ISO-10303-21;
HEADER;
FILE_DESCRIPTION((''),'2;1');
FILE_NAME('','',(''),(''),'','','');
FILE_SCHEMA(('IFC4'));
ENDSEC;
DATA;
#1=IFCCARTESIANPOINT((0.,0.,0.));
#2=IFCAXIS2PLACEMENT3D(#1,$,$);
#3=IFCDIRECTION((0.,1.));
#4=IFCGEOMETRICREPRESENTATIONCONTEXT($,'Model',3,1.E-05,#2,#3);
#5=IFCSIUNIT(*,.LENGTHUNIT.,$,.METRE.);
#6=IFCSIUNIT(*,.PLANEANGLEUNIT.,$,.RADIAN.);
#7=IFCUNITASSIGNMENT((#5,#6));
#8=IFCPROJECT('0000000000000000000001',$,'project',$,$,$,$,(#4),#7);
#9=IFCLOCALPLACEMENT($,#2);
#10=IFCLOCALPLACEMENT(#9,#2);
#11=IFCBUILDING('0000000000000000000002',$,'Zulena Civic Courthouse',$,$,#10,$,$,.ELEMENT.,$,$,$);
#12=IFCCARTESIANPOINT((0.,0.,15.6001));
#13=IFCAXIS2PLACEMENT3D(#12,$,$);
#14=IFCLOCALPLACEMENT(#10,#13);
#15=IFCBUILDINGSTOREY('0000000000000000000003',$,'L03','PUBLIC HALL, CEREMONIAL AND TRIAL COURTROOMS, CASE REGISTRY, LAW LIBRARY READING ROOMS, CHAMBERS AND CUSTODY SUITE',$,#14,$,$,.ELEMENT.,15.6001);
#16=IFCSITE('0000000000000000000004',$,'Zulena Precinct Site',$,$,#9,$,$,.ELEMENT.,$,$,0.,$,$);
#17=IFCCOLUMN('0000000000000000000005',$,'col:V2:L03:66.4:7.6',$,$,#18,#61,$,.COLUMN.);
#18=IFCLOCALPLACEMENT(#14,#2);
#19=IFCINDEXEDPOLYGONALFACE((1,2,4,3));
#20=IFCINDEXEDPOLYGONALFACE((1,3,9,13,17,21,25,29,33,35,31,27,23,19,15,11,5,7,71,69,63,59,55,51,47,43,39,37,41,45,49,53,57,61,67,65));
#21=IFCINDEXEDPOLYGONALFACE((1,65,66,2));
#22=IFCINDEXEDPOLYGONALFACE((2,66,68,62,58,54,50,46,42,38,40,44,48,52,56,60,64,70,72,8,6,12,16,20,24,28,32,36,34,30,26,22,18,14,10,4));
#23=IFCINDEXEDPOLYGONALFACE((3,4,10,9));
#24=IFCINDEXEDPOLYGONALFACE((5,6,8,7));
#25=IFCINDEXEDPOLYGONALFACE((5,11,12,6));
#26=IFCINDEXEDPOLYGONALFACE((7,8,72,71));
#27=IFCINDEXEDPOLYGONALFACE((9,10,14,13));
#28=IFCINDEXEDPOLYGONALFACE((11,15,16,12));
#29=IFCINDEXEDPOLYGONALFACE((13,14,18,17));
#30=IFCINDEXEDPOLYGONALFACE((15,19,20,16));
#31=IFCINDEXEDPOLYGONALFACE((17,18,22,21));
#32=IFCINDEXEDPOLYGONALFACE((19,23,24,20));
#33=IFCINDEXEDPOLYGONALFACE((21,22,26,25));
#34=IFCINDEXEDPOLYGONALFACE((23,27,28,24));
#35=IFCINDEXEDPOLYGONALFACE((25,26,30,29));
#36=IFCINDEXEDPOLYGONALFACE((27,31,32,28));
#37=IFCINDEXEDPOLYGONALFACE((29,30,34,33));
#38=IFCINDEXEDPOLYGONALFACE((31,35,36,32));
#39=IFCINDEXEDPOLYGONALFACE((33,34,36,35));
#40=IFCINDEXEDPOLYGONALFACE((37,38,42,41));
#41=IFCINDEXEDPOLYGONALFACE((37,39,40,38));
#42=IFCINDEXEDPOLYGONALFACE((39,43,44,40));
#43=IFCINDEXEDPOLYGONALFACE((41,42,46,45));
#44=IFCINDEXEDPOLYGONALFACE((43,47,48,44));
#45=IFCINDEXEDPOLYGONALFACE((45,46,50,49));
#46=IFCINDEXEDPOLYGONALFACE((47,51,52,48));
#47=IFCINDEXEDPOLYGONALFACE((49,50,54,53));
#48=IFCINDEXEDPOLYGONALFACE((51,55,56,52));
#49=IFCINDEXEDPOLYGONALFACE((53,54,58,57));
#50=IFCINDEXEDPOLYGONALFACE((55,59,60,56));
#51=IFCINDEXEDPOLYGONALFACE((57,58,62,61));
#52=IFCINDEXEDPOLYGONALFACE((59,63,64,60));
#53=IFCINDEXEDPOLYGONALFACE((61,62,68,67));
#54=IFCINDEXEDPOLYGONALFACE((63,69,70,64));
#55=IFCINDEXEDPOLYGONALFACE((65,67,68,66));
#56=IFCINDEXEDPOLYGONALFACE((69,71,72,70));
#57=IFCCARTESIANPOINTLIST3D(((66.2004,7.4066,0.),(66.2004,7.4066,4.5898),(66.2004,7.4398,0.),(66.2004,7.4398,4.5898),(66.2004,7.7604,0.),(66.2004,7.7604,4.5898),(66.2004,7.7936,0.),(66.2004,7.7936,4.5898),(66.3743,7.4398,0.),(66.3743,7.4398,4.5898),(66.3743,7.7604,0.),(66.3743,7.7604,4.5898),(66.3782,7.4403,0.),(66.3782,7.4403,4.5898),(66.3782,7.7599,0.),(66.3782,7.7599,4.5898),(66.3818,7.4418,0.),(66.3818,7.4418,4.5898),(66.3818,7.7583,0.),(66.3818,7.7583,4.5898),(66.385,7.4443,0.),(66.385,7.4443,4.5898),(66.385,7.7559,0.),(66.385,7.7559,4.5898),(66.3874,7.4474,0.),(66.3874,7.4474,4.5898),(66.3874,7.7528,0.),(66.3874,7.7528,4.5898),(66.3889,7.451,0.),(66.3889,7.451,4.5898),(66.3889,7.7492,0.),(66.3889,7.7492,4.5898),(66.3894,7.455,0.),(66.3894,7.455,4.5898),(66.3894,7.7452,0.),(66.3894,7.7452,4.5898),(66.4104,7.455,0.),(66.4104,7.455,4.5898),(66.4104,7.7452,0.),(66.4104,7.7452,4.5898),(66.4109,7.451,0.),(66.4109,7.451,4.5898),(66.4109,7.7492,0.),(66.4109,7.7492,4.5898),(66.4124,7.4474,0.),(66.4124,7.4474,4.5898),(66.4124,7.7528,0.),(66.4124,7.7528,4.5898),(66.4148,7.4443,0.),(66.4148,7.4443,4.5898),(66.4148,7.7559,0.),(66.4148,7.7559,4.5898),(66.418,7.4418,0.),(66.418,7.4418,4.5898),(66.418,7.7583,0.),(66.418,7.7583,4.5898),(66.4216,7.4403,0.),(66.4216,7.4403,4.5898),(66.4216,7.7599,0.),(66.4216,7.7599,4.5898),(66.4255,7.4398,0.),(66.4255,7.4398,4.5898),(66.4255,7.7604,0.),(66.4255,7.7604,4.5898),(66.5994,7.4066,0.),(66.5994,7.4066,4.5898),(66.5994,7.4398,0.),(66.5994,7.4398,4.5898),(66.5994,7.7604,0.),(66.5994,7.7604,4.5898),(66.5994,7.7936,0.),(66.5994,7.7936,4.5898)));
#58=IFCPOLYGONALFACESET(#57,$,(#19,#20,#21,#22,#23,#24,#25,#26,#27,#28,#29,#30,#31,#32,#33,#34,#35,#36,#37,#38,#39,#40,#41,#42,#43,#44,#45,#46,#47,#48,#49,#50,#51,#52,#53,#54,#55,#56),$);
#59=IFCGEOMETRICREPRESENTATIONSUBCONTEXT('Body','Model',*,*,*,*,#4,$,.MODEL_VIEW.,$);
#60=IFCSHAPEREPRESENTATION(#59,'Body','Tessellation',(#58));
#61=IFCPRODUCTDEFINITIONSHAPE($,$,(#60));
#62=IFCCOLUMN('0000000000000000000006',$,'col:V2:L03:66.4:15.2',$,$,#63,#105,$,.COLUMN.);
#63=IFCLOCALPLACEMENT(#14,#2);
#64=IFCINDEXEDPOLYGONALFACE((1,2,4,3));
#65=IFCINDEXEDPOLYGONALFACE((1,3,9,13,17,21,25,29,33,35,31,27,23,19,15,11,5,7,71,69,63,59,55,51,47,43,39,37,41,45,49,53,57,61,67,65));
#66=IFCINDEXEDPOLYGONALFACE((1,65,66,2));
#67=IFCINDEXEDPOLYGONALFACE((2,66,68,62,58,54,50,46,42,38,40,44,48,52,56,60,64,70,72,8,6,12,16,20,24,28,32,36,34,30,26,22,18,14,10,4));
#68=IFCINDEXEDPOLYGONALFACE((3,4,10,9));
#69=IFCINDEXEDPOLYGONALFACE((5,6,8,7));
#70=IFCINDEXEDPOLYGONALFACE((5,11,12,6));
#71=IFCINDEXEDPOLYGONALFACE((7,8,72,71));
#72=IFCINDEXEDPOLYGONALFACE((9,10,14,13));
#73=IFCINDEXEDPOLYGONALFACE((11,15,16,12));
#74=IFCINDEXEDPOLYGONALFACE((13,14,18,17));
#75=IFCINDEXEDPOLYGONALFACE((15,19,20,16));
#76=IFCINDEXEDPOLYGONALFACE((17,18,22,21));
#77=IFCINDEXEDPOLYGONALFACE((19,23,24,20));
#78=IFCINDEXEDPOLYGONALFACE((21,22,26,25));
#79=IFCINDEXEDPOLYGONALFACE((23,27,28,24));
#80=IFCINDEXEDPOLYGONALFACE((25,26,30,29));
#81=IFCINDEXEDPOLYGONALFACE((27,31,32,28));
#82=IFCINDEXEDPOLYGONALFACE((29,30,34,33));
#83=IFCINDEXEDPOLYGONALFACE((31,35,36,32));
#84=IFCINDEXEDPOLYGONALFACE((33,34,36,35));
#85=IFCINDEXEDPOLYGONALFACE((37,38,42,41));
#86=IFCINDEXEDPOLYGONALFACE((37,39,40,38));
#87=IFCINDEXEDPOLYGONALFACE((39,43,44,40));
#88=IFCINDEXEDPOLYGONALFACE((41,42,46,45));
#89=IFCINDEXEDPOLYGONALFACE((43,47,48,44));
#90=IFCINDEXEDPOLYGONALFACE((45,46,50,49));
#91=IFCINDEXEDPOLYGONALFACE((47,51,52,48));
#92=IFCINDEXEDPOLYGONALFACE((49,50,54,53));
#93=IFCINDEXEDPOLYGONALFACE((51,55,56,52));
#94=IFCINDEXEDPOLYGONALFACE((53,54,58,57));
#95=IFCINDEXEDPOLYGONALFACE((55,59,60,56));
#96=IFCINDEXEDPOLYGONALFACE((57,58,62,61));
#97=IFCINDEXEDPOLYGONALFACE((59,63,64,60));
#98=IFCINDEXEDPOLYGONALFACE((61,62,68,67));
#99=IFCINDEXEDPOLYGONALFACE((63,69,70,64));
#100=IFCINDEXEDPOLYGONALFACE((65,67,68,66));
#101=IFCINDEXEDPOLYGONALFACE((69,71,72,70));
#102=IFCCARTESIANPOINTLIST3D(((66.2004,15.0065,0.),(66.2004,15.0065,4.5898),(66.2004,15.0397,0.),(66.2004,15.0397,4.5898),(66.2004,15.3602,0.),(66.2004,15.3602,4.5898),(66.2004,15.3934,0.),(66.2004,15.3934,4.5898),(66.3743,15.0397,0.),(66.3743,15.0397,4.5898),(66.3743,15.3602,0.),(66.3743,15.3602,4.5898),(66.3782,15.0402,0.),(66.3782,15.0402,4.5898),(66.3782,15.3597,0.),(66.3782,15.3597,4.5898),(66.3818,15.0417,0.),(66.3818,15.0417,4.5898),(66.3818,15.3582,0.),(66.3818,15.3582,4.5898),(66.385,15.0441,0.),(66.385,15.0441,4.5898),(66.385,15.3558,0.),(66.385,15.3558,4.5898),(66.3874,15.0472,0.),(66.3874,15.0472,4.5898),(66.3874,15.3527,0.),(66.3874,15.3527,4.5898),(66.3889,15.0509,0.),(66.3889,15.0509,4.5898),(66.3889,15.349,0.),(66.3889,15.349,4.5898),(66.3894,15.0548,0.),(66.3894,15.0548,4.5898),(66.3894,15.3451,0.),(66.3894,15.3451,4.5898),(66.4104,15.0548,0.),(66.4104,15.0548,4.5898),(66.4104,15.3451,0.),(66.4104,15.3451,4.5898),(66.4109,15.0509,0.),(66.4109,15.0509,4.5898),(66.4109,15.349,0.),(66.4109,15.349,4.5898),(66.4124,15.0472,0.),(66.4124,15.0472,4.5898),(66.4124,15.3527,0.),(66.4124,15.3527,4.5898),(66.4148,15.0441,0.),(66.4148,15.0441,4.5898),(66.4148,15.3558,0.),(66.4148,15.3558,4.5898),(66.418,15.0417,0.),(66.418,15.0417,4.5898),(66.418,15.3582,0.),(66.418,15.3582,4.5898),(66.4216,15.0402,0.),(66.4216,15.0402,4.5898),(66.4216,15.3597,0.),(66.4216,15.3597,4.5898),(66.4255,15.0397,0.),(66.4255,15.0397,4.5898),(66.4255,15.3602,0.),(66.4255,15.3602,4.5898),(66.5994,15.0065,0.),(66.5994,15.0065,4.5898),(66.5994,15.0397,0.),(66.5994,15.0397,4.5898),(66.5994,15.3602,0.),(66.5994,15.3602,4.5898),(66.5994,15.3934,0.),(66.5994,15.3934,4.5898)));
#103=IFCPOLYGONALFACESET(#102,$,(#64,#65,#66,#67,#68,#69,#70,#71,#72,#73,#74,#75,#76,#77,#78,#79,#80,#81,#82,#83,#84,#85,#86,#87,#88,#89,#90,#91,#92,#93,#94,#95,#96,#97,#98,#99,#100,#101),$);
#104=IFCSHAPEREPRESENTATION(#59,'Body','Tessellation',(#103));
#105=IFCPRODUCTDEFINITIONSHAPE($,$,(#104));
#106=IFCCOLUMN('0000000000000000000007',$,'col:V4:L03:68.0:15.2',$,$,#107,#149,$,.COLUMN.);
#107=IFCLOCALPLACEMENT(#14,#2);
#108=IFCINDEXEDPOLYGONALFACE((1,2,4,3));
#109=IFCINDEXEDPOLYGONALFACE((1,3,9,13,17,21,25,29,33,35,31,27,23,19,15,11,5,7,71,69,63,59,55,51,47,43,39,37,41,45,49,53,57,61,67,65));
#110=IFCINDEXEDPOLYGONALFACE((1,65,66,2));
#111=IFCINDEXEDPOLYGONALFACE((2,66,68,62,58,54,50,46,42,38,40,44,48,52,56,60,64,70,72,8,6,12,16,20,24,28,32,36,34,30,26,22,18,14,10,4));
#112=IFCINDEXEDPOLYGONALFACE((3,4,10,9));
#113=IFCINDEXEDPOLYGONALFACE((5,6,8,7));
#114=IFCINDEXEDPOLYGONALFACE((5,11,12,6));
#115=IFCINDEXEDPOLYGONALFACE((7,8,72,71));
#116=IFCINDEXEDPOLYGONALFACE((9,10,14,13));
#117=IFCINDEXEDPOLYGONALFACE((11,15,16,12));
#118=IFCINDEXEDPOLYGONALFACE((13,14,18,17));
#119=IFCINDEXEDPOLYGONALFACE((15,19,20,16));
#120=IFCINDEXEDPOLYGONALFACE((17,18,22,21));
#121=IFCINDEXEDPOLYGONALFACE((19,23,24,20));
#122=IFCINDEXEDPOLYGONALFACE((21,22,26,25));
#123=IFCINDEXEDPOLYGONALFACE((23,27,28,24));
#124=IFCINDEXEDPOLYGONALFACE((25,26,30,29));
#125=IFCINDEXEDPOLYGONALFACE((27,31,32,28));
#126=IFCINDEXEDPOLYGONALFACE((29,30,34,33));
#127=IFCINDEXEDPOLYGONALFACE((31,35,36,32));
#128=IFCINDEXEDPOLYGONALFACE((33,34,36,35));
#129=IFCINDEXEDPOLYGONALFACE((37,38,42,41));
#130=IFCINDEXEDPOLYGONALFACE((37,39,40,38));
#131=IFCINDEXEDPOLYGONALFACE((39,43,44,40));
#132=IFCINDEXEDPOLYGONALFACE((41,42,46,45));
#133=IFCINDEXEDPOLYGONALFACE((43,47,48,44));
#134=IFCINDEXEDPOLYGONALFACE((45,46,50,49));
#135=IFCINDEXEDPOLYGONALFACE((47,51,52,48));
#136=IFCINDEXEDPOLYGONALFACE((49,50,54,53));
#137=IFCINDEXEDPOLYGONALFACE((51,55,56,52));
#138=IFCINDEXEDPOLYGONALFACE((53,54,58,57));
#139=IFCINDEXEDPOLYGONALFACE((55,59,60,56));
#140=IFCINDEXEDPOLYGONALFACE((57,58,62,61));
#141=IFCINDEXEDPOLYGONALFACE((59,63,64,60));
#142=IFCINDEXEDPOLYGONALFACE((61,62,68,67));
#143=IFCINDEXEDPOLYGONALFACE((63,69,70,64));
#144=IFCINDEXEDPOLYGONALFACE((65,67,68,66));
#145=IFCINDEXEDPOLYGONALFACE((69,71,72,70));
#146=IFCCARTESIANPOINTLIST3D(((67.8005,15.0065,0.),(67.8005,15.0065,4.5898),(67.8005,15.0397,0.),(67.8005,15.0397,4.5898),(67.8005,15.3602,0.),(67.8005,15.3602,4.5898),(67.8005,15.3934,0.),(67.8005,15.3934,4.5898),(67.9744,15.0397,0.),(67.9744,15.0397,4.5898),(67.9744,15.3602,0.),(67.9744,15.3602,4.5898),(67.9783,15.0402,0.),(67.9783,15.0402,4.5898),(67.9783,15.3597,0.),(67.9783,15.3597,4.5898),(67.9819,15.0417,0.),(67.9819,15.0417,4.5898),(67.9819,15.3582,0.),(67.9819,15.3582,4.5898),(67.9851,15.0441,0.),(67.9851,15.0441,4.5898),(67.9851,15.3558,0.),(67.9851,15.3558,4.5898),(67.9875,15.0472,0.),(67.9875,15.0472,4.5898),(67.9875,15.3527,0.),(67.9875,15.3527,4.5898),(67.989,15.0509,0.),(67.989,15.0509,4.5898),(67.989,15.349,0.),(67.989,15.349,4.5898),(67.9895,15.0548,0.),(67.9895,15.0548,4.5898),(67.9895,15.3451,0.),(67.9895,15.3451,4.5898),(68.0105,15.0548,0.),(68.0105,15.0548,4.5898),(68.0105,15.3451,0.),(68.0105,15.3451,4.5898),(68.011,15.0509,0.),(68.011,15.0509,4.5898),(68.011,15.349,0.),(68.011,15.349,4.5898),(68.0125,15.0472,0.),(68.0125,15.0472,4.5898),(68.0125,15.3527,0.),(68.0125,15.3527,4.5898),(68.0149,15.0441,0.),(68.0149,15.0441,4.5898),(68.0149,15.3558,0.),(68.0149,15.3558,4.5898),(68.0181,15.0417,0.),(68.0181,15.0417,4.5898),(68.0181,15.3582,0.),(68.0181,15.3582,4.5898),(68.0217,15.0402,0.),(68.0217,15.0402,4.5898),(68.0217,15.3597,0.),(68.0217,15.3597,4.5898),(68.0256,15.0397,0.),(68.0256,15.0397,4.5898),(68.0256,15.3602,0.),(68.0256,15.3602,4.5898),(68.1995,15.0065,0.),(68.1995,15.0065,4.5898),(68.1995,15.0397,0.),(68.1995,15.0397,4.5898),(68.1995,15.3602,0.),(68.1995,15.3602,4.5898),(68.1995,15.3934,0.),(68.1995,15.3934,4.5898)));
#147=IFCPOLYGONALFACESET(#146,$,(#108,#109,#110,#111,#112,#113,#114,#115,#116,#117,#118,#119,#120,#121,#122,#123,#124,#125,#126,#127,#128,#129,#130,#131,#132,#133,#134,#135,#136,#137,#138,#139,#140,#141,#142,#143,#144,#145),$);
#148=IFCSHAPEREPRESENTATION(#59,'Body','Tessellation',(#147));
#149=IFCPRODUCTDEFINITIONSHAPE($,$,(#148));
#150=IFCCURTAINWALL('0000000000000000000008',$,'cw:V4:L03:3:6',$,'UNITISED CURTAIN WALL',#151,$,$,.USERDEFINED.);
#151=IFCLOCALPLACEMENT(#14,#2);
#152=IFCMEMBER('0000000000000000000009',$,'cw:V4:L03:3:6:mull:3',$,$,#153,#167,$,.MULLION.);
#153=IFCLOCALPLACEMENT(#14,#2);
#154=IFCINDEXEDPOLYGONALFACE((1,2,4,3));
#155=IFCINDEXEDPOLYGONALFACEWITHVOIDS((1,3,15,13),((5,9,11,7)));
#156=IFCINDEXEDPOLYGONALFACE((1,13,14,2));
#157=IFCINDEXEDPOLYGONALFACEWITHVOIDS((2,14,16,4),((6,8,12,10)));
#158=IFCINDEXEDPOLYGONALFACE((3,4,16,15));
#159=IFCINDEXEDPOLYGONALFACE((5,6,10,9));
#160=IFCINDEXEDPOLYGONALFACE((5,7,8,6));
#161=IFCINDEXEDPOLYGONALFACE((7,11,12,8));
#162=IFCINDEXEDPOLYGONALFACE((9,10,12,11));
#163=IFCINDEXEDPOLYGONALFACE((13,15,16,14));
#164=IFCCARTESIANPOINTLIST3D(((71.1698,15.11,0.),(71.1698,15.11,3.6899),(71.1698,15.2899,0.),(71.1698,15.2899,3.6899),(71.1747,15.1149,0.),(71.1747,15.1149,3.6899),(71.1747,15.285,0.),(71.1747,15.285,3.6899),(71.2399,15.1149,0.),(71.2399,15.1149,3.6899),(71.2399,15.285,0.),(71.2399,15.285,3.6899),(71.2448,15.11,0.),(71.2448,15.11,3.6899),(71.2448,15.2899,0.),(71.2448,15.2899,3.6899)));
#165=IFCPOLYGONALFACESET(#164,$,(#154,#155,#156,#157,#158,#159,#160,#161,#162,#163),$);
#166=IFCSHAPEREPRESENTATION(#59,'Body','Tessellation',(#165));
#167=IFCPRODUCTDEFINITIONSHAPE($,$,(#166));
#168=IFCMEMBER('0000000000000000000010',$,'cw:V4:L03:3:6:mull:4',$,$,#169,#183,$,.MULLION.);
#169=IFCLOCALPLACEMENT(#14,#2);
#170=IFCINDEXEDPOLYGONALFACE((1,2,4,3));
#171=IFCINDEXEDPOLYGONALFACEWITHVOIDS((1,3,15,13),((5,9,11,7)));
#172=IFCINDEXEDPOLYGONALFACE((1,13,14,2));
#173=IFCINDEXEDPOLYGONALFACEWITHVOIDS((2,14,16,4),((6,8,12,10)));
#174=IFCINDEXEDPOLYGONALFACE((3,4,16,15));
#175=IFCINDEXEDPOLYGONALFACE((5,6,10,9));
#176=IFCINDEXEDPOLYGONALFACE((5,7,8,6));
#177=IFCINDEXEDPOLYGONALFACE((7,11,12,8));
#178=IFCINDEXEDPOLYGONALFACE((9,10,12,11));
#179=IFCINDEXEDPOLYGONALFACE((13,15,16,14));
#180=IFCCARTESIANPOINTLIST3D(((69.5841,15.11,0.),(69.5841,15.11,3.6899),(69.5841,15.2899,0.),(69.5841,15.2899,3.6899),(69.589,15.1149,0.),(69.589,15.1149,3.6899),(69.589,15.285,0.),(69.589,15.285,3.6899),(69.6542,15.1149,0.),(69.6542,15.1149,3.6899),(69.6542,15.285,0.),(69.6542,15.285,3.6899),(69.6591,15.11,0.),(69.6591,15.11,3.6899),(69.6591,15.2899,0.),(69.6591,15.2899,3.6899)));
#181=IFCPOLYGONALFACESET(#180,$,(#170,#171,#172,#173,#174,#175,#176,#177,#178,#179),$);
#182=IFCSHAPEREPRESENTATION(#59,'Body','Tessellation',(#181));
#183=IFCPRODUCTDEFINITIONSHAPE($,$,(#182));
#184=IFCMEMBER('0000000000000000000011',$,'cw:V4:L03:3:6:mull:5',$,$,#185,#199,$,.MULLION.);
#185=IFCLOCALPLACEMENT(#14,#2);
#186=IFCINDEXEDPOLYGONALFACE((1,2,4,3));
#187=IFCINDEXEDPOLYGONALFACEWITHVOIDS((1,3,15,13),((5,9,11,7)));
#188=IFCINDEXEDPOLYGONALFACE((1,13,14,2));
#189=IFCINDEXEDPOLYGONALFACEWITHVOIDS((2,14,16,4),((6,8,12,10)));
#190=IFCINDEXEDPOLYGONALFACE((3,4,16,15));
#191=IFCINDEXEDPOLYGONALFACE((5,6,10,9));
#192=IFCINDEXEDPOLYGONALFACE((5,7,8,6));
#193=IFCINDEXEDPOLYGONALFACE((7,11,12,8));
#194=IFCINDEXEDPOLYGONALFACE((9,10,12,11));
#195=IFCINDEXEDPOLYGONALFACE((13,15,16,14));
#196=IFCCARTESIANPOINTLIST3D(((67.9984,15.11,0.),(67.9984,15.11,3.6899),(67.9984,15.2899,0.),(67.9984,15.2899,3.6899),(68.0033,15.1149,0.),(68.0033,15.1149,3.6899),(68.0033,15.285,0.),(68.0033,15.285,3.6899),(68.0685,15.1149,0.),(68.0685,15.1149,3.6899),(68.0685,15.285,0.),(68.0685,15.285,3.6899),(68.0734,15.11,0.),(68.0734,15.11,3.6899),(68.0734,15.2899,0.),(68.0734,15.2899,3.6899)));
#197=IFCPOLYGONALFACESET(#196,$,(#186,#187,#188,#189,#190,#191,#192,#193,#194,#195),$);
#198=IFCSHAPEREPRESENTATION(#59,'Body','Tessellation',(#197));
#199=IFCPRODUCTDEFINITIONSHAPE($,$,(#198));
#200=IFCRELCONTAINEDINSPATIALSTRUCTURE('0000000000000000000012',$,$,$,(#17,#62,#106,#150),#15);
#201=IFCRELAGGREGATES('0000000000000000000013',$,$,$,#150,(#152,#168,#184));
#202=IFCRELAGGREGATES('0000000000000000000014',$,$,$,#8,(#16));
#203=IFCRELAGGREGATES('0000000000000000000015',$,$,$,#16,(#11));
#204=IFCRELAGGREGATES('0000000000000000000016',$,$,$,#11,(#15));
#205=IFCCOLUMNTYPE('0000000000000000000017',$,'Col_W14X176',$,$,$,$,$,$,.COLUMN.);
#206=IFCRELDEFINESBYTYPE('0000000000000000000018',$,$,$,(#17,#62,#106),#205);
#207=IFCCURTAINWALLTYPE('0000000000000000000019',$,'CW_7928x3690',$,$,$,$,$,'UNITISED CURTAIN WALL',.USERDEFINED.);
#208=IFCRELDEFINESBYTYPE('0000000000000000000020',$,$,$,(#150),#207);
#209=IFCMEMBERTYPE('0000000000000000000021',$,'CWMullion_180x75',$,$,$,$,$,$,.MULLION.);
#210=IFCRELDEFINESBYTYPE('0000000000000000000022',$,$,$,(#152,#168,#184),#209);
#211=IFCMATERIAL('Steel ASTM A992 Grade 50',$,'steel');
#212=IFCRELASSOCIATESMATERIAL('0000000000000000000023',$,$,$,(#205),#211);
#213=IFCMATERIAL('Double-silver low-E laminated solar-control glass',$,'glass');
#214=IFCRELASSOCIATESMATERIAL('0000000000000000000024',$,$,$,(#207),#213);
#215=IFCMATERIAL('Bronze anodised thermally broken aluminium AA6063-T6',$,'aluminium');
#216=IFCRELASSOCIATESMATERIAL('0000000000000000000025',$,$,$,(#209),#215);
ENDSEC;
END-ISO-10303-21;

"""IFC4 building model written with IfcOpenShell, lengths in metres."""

from ifc_helpers import new_model, si_unit, direction, frame, origin, origin_2d, place, context, subcontext, project, spatial, hollow_rectangle, i_section, extrude, material, material_profile, profile_set, type_object, element, aggregate, save


model = new_model("IFC4")

# Units and contexts
model_context = context("Model", 3, precision=1e-05, world=origin(), true_north=direction((0.0, 1.0)))
body_context = subcontext(model_context, "Body", "Model", "MODEL_VIEW")
ifc_project = project(units=[si_unit("LENGTHUNIT", "METRE"), si_unit("PLANEANGLEUNIT", "RADIAN")], contexts=[model_context])

# Site, building, storey
site_placement = place(None, origin())
site = spatial("IfcSite", under=ifc_project, at=site_placement, Name="Zulena Precinct Site", CompositionType="ELEMENT", RefElevation=0.0)
building_placement = place(site_placement, origin())
building = spatial("IfcBuilding", under=site, at=building_placement, Name="Zulena Civic Courthouse", CompositionType="ELEMENT")
storey_placement = place(building_placement, frame((0.0, 0.0, 15.6001)))
storey = spatial("IfcBuildingStorey", under=building, at=storey_placement, Name="L03", Description="PUBLIC HALL, CEREMONIAL AND TRIAL COURTROOMS, CASE REGISTRY, LAW LIBRARY READING ROOMS, CHAMBERS AND CUSTODY SUITE", CompositionType="ELEMENT", Elevation=15.6001)

# Columns
ifc_material_1 = material(Name="Steel ASTM A992 Grade 50", Category="steel")
ifc_material_profile_1 = material_profile(ifc_material_1, i_section(OverallWidth=0.3989, OverallDepth=0.387, WebThickness=0.021, FlangeThickness=0.0332, FilletRadius=0.0151, at=origin_2d()), Name="W14X176")
ifc_profile_set_1 = profile_set([ifc_material_profile_1], Name="Steel ASTM A992 Grade 50")
column_type = type_object("IfcColumnType", Name="Col_W14X176", PredefinedType="COLUMN", material=ifc_profile_set_1)
for number, where, z_axis, x_axis, name in (
    (1, (66.3999, 7.6001, 0.0), (0.0, 0.0, 1.0), (1.0, 0.0, 0.0), "col:V2:L03:66.4:7.6"),
    (2, (66.3999, 15.2, 0.0), (0.0, 0.0, 1.0), (1.0, 0.0, 0.0), "col:V2:L03:66.4:15.2"),
    (3, (68.0, 15.2, 0.0), (0.0, 0.0, 1.0), (1.0, 0.0, 0.0), "col:V4:L03:68.0:15.2"),
):
    element("IfcColumn", number, at=place(storey_placement, frame(where, z_axis=z_axis, x_axis=x_axis)), inside=storey, type_object=column_type, Name=name, PredefinedType="COLUMN", context=body_context, shape_type="SweptSolid", body=[
        extrude(i_section(OverallWidth=0.3989, OverallDepth=0.387, WebThickness=0.021, FlangeThickness=0.0332, FilletRadius=0.0151, at=origin_2d()), origin(), (0.0, 0.0, 1.0), 4.5898),
    ])

# Curtain wall, members
ifc_material_2 = material(Name="Double-silver low-E laminated solar-control glass", Category="glass")
curtain_wall_type = type_object("IfcCurtainWallType", Name="CW_7928x3690", ElementType="UNITISED CURTAIN WALL", PredefinedType="USERDEFINED", material=ifc_material_2)
curtain_wall_placement = place(storey_placement, origin())
curtain_wall = element("IfcCurtainWall", 4, at=curtain_wall_placement, inside=storey, type_object=curtain_wall_type, Name="cw:V4:L03:3:6", ObjectType="UNITISED CURTAIN WALL", PredefinedType="USERDEFINED")
ifc_material_3 = material(Name="Bronze anodised thermally broken aluminium AA6063-T6", Category="aluminium")
ifc_material_profile_2 = material_profile(ifc_material_3, hollow_rectangle(XDim=0.075, YDim=0.1799, WallThickness=0.0049, at=origin_2d()), Name="CWM180X75X5")
ifc_profile_set_2 = profile_set([ifc_material_profile_2], Name="Bronze anodised thermally broken aluminium AA6063-T6")
member_type_1 = type_object("IfcMemberType", Name="CWMullion_180x75", PredefinedType="MULLION", material=ifc_profile_set_2)
member_1_placement = place(storey_placement, frame((71.2073, 15.2, 0.0), z_axis=(0.0, 0.0, 1.0), x_axis=(1.0, 0.0, 0.0)))
member_1 = element("IfcMember", 5, at=member_1_placement, type_object=member_type_1, Name="cw:V4:L03:3:6:mull:3", PredefinedType="MULLION", context=body_context, shape_type="SweptSolid", body=[
    extrude(hollow_rectangle(XDim=0.075, YDim=0.1799, WallThickness=0.0049, at=origin_2d()), origin(), (0.0, 0.0, 1.0), 3.6899),
])
member_2_placement = place(storey_placement, frame((69.6216, 15.2, 0.0), z_axis=(0.0, 0.0, 1.0), x_axis=(1.0, 0.0, 0.0)))
member_2 = element("IfcMember", 6, at=member_2_placement, type_object=member_type_1, Name="cw:V4:L03:3:6:mull:4", PredefinedType="MULLION", context=body_context, shape_type="SweptSolid", body=[
    extrude(hollow_rectangle(XDim=0.075, YDim=0.1799, WallThickness=0.0049, at=origin_2d()), origin(), (0.0, 0.0, 1.0), 3.6899),
])
member_3_placement = place(storey_placement, frame((68.0359, 15.2, 0.0), z_axis=(0.0, 0.0, 1.0), x_axis=(1.0, 0.0, 0.0)))
member_3 = element("IfcMember", 7, at=member_3_placement, type_object=member_type_1, Name="cw:V4:L03:3:6:mull:5", PredefinedType="MULLION", context=body_context, shape_type="SweptSolid", body=[
    extrude(hollow_rectangle(XDim=0.075, YDim=0.1799, WallThickness=0.0049, at=origin_2d()), origin(), (0.0, 0.0, 1.0), 3.6899),
])

aggregate(curtain_wall, [member_1, member_2, member_3])

save(model, "model.ifc")
